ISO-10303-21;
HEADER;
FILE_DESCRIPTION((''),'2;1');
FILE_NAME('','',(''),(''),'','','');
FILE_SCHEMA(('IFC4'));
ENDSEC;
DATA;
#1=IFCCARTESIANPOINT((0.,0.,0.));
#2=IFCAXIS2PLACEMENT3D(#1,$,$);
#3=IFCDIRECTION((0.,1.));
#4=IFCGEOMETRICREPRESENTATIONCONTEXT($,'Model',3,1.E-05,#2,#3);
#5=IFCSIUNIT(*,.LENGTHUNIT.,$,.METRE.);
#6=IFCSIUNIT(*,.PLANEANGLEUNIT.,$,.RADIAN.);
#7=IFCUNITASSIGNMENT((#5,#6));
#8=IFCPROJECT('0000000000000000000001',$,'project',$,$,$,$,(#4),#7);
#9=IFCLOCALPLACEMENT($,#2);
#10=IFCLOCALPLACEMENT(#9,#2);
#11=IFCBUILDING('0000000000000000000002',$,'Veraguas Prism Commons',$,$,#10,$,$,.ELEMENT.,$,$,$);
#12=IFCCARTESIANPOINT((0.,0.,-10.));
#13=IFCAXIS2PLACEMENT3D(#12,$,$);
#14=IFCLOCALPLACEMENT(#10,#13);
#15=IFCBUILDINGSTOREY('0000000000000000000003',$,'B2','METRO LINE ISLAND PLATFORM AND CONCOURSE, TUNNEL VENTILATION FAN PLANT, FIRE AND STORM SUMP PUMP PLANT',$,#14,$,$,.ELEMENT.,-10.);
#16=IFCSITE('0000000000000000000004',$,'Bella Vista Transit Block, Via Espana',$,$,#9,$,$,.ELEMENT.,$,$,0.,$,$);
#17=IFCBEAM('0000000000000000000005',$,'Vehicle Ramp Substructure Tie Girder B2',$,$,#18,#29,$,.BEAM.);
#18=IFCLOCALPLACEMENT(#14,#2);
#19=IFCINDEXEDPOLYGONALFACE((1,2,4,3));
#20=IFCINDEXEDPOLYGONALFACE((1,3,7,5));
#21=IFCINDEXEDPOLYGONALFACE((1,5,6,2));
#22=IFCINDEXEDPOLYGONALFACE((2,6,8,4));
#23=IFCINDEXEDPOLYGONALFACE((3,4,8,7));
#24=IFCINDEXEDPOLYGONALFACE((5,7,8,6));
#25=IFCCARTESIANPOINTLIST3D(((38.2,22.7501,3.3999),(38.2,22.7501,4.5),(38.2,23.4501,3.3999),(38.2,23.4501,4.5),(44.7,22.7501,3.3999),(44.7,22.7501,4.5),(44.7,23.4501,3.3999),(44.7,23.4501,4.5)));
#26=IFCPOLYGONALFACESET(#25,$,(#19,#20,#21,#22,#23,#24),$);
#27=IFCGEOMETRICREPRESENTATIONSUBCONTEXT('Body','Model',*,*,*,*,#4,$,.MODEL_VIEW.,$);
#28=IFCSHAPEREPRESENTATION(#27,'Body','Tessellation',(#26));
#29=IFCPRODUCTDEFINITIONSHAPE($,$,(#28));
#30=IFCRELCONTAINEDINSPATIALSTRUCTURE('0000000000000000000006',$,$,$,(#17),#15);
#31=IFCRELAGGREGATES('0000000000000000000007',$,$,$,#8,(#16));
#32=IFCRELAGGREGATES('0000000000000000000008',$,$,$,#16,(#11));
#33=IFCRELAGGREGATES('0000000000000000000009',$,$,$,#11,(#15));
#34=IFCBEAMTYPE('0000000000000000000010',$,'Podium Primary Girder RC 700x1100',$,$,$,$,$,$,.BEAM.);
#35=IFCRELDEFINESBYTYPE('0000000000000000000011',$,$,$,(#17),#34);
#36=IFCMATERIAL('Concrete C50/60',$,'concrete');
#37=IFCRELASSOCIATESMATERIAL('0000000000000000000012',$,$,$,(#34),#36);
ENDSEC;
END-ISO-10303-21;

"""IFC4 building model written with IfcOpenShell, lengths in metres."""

from ifc_helpers import new_model, si_unit, direction, frame, origin, origin_2d, place, context, subcontext, project, spatial, rectangle, extrude, material, material_profile, profile_set, type_object, element, save


model = new_model("IFC4")

# Units and contexts
model_context = context("Model", 3, precision=1e-05, world=origin(), true_north=direction((0.0, 1.0)))
body_context = subcontext(model_context, "Body", "Model", "MODEL_VIEW")
ifc_project = project(units=[si_unit("LENGTHUNIT", "METRE"), si_unit("PLANEANGLEUNIT", "RADIAN")], contexts=[model_context])

# Site, building, storey
site_placement = place(None, origin())
site = spatial("IfcSite", under=ifc_project, at=site_placement, Name="Bella Vista Transit Block, Via Espana", CompositionType="ELEMENT", RefElevation=0.0)
building_placement = place(site_placement, origin())
building = spatial("IfcBuilding", under=site, at=building_placement, Name="Veraguas Prism Commons", CompositionType="ELEMENT")
storey_placement = place(building_placement, frame((0.0, 0.0, -10.0)))
storey = spatial("IfcBuildingStorey", under=building, at=storey_placement, Name="B2", Description="METRO LINE ISLAND PLATFORM AND CONCOURSE, TUNNEL VENTILATION FAN PLANT, FIRE AND STORM SUMP PUMP PLANT", CompositionType="ELEMENT", Elevation=-10.0)

# Shared definitions
ifc_material_1 = material(Name="Concrete C50/60", Category="concrete")

# Beam
ifc_material_profile_1 = material_profile(ifc_material_1, rectangle(XDim=0.7, YDim=1.1001, at=origin_2d()), Name="RC700X1100")
ifc_profile_set_1 = profile_set([ifc_material_profile_1], Name="Concrete C50/60")
beam_type_1 = type_object("IfcBeamType", Name="Podium Primary Girder RC 700x1100", PredefinedType="BEAM", material=ifc_profile_set_1)
beam_1_placement = place(storey_placement, frame((38.2, 23.1001, 3.95), z_axis=(1.0, 0.0, 0.0), x_axis=(0.0, 1.0, 0.0)))
element("IfcBeam", 1, at=beam_1_placement, inside=storey, type_object=beam_type_1, Name="Vehicle Ramp Substructure Tie Girder B2", PredefinedType="BEAM", context=body_context, shape_type="SweptSolid", body=[
    extrude(rectangle(XDim=0.7, YDim=1.1001, at=origin_2d()), origin(), (0.0, 0.0, 1.0), 6.5),
])

save(model, "model.ifc")
